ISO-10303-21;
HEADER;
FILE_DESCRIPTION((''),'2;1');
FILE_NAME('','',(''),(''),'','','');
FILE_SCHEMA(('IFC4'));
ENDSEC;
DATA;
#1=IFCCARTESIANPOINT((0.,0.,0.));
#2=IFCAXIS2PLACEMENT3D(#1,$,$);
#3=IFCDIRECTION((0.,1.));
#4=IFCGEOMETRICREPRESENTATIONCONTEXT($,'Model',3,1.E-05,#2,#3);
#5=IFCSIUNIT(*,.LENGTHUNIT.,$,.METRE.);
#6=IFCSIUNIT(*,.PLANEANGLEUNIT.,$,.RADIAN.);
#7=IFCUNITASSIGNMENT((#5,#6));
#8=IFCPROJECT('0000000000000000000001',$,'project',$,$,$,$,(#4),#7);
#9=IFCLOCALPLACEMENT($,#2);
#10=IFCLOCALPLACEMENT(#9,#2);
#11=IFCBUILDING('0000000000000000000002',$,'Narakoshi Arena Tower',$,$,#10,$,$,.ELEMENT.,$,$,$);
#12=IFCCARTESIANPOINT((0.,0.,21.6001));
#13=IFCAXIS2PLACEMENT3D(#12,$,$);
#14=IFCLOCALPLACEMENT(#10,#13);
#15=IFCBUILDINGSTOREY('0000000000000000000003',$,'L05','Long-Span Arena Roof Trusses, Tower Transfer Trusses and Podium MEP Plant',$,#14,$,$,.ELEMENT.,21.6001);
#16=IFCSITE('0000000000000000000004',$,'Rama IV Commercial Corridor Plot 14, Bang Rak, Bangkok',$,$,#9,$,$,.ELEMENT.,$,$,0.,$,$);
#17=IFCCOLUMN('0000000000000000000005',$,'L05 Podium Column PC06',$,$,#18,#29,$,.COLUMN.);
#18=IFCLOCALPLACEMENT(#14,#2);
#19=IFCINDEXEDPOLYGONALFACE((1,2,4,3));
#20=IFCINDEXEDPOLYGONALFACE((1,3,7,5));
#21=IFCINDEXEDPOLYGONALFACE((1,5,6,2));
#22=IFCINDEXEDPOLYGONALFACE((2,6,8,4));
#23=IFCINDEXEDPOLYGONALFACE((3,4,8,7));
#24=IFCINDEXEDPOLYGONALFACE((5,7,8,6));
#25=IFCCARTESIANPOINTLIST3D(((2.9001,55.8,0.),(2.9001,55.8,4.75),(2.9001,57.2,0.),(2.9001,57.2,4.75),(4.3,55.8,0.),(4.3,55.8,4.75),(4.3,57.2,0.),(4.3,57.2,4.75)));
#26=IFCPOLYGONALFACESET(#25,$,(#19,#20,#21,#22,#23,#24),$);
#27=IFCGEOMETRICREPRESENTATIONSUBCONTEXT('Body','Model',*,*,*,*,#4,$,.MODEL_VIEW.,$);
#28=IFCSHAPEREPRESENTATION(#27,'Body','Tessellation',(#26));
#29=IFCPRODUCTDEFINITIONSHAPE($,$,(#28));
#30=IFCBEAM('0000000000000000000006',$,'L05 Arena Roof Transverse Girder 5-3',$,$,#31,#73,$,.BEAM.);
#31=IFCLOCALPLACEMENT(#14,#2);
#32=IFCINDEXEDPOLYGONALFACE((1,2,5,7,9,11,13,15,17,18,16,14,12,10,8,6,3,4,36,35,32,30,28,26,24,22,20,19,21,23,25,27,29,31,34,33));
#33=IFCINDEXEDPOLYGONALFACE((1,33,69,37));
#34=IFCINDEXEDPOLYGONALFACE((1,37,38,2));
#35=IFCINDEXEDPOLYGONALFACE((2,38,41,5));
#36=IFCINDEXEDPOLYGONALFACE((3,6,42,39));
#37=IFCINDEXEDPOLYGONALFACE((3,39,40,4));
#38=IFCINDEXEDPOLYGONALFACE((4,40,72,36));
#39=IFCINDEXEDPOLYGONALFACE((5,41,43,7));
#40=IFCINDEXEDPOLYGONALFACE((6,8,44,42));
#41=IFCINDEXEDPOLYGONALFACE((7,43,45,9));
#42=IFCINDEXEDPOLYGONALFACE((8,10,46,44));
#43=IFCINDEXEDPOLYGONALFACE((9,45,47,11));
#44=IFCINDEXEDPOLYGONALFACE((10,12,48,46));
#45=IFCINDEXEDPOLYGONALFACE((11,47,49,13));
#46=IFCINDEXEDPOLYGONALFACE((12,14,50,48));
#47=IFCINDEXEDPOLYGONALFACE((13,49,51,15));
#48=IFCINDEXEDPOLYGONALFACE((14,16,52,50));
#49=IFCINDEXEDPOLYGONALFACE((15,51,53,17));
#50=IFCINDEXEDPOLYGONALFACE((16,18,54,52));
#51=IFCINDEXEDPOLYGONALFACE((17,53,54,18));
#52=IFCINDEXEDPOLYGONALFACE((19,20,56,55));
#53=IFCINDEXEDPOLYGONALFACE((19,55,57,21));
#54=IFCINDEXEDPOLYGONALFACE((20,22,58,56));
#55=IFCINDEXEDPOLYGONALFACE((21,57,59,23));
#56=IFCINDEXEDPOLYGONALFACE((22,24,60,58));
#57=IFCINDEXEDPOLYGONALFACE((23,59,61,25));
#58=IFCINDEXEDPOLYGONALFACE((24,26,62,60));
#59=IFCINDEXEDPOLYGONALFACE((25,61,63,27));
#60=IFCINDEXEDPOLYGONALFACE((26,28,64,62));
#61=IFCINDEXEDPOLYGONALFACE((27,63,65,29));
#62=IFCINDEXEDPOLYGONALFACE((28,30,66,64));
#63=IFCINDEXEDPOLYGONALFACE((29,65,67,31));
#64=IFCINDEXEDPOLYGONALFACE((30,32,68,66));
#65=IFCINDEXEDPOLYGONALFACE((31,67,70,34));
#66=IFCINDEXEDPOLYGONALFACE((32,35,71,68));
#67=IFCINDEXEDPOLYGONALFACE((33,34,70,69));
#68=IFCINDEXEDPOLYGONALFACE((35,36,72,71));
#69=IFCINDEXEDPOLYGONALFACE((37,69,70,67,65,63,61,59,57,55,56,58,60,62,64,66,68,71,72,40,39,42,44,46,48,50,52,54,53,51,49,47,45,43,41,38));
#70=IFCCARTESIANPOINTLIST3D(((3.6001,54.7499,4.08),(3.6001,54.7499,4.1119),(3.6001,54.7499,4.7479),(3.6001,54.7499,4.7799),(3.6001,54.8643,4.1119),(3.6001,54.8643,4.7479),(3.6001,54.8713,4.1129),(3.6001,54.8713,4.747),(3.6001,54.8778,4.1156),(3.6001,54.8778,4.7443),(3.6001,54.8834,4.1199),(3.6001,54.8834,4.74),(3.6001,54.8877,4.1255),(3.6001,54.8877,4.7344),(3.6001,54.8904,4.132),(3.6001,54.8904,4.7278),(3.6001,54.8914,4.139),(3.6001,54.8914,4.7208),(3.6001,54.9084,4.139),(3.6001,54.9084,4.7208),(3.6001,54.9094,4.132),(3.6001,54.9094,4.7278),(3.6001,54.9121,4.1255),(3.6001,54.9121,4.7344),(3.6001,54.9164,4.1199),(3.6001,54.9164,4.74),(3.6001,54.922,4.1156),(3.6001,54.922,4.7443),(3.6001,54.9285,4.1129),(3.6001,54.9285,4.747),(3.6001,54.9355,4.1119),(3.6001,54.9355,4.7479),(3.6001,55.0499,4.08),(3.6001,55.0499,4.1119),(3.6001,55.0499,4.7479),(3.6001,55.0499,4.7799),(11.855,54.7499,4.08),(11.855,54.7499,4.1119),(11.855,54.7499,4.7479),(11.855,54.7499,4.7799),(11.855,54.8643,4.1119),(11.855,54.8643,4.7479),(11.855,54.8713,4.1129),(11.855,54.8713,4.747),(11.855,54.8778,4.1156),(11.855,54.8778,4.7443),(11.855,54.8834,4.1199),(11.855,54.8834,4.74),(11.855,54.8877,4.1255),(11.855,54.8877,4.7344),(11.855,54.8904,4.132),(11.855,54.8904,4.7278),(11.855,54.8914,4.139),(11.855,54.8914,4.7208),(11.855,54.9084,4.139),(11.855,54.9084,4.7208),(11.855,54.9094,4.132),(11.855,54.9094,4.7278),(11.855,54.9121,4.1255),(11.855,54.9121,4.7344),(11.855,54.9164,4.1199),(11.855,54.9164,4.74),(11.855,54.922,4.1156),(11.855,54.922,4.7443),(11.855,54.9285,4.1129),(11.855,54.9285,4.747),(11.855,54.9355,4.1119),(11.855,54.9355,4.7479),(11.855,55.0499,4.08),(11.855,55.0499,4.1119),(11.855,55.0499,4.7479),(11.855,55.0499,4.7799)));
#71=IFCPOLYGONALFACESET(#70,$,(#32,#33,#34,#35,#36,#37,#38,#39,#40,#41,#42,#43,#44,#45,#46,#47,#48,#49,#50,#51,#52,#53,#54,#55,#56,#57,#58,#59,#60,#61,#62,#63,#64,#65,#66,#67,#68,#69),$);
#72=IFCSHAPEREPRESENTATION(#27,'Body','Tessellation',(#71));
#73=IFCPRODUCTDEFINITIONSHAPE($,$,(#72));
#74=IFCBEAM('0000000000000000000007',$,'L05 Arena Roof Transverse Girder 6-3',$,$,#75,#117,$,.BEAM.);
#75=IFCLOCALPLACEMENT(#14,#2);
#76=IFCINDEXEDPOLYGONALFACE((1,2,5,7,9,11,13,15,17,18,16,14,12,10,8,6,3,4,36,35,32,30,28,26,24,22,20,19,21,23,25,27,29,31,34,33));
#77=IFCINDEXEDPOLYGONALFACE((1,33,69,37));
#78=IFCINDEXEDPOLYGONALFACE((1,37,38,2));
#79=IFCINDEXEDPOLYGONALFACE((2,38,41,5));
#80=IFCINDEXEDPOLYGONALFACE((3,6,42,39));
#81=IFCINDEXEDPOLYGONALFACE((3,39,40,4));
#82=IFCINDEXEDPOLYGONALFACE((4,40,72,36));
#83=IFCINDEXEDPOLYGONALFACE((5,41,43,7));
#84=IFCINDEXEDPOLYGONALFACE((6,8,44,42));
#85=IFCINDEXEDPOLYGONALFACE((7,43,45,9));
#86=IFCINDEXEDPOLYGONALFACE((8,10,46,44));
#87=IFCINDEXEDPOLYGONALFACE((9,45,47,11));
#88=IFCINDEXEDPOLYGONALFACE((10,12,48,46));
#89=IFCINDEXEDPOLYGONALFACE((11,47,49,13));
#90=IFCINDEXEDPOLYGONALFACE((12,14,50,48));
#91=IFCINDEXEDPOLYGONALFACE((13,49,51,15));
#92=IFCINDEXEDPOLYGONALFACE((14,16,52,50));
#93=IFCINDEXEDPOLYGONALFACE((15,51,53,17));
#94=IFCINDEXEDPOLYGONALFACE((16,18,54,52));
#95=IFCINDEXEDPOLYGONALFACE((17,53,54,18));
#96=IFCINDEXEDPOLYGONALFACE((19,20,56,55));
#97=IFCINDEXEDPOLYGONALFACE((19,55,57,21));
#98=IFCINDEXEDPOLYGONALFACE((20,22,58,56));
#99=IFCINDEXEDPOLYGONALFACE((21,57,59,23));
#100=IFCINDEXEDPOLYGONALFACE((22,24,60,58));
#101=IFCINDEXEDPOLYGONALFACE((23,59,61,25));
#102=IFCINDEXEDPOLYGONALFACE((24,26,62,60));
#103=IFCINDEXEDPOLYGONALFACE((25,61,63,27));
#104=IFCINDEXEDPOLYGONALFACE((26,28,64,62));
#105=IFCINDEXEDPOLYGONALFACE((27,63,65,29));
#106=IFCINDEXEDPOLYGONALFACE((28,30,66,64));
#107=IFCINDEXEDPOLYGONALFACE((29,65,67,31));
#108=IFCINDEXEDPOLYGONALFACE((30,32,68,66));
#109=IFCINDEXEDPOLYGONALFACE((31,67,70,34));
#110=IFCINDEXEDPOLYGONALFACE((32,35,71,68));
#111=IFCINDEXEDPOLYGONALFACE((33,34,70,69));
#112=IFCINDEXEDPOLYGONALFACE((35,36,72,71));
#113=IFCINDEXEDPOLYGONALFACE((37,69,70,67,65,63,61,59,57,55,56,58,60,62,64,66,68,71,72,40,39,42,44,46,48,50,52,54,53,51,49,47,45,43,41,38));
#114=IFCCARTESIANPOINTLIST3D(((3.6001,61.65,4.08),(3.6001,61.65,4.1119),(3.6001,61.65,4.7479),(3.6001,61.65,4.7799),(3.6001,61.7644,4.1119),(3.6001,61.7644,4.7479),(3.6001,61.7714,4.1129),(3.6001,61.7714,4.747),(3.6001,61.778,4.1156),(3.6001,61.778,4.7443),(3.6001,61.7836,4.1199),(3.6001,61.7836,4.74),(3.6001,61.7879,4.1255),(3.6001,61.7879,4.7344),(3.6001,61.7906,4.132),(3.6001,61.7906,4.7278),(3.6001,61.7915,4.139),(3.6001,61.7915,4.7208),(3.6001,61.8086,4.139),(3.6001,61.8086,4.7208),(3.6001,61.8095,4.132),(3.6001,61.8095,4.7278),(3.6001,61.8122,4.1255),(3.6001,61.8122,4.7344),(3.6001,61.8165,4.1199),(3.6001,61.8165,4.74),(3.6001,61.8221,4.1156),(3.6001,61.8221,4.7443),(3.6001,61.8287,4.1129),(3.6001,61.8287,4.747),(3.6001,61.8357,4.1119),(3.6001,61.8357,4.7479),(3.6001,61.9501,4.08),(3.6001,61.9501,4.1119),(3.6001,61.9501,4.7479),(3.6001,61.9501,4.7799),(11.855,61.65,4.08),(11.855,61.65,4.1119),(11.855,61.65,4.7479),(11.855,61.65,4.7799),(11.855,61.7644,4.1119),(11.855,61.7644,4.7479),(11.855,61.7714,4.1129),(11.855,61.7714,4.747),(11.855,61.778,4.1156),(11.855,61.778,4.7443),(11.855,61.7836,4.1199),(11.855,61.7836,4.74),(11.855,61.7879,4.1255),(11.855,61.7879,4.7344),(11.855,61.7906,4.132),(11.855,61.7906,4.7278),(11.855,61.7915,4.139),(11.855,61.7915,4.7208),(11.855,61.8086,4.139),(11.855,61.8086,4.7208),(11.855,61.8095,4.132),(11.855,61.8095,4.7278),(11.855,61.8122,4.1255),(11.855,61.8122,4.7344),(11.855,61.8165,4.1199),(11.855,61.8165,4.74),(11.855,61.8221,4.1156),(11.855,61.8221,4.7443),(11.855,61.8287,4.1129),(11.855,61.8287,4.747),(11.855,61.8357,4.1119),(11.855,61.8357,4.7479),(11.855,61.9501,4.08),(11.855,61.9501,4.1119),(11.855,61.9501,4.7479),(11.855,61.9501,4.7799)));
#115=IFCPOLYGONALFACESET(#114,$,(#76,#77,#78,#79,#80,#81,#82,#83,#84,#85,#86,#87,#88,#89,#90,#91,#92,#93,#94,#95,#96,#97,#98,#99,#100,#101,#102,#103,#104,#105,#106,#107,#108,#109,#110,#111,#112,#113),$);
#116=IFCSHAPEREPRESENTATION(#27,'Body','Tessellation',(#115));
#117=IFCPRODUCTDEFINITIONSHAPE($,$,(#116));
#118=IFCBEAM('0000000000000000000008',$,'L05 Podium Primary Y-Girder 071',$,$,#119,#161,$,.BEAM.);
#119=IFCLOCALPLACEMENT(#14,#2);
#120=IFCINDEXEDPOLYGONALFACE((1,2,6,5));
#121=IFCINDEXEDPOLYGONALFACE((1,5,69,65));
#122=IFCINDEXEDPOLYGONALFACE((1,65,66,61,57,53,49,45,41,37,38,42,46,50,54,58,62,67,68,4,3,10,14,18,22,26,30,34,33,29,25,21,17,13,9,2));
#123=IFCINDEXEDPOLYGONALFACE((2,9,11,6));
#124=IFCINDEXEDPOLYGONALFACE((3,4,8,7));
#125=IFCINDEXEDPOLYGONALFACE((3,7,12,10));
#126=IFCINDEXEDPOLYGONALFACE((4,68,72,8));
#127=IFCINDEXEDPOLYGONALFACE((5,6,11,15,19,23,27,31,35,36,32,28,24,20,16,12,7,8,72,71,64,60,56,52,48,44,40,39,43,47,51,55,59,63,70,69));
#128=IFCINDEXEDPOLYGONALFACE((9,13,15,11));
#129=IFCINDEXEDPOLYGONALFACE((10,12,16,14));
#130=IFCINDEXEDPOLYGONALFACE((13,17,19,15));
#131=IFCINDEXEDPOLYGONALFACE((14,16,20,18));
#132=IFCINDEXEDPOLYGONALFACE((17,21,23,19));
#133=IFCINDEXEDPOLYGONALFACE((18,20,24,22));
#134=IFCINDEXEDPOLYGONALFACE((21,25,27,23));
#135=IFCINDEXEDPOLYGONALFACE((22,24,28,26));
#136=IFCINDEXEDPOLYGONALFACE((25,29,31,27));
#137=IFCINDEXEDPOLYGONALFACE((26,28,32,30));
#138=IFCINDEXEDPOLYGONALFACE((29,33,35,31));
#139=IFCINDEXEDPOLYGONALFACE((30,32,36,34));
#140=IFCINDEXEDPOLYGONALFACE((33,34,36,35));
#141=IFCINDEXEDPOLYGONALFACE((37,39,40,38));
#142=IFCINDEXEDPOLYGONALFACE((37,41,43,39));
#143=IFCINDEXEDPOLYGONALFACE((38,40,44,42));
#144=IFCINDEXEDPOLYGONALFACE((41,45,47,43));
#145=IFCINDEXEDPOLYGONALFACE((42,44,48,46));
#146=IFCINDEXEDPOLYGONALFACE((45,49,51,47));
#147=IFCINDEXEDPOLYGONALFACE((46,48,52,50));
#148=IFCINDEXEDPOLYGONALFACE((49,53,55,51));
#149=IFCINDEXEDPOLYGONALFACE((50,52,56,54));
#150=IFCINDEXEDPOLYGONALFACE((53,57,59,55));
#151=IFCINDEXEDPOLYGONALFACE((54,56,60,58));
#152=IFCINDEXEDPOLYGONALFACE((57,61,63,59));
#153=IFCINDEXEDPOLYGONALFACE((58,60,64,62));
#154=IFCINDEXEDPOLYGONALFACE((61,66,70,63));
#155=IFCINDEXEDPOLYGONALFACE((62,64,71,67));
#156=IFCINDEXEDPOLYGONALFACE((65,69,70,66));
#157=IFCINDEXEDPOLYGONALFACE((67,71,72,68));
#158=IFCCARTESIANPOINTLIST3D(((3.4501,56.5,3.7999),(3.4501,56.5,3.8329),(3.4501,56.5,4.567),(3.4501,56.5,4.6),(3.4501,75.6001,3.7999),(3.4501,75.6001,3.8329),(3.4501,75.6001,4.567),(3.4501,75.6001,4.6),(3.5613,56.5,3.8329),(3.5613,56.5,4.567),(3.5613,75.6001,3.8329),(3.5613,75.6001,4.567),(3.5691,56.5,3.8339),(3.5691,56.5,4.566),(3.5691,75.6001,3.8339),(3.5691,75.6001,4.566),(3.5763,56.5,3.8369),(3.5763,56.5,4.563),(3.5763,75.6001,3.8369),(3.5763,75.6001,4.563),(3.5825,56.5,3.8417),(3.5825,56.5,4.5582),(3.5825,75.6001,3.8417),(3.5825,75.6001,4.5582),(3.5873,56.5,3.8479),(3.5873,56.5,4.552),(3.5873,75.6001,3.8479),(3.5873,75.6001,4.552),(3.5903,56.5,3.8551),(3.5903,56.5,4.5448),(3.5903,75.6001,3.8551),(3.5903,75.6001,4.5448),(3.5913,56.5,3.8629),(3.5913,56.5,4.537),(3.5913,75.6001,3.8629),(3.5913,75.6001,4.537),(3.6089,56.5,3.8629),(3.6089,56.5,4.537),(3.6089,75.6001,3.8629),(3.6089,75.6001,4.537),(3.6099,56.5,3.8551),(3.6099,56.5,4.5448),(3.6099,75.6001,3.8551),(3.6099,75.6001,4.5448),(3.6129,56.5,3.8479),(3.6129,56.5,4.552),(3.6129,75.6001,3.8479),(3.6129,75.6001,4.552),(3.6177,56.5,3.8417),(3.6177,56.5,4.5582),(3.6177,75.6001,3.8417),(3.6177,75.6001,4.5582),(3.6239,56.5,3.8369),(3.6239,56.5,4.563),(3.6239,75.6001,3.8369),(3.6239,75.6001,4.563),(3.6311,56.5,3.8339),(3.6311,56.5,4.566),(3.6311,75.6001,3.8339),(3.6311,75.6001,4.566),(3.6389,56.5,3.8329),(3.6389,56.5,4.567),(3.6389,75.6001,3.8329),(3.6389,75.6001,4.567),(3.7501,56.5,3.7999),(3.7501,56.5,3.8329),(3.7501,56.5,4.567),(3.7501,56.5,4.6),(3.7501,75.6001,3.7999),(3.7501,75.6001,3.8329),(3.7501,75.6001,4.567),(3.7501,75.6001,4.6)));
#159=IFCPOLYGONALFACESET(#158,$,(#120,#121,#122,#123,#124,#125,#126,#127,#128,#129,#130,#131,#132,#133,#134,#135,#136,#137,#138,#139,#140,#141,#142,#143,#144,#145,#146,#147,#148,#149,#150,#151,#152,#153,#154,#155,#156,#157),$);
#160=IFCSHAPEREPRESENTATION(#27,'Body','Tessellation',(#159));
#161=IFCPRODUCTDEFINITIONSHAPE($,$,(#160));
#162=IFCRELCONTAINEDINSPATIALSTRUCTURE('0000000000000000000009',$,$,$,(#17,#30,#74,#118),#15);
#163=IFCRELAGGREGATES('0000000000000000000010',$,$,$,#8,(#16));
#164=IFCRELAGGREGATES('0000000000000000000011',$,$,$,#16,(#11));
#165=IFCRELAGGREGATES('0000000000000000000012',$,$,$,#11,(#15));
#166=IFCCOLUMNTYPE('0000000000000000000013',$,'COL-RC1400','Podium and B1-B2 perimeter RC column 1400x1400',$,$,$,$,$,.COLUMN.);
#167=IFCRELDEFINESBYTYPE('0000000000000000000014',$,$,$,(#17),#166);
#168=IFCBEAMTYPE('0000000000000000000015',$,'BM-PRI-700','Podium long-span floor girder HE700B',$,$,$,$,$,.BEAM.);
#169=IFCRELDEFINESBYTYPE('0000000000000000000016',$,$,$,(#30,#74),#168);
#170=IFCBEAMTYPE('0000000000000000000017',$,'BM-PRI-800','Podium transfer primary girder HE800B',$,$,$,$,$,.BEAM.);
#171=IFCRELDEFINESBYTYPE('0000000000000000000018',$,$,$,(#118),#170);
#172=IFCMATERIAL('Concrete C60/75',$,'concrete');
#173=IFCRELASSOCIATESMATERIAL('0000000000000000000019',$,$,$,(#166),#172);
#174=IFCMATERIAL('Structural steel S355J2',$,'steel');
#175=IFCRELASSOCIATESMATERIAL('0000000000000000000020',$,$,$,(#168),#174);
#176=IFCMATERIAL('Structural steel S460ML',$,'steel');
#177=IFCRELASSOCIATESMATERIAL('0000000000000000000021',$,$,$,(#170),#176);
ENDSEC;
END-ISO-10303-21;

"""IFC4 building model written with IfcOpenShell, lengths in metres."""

from ifc_helpers import new_model, si_unit, direction, frame, origin, origin_2d, place, context, subcontext, project, spatial, rectangle, i_section, extrude, material, material_profile, profile_set, type_object, element, save


model = new_model("IFC4")

# Units and contexts
model_context = context("Model", 3, precision=1e-05, world=origin(), true_north=direction((0.0, 1.0)))
body_context = subcontext(model_context, "Body", "Model", "MODEL_VIEW")
ifc_project = project(units=[si_unit("LENGTHUNIT", "METRE"), si_unit("PLANEANGLEUNIT", "RADIAN")], contexts=[model_context])

# Site, building, storey
site_placement = place(None, origin())
site = spatial("IfcSite", under=ifc_project, at=site_placement, Name="Rama IV Commercial Corridor Plot 14, Bang Rak, Bangkok", CompositionType="ELEMENT", RefElevation=0.0)
building_placement = place(site_placement, origin())
building = spatial("IfcBuilding", under=site, at=building_placement, Name="Narakoshi Arena Tower", CompositionType="ELEMENT")
storey_placement = place(building_placement, frame((0.0, 0.0, 21.6001)))
storey = spatial("IfcBuildingStorey", under=building, at=storey_placement, Name="L05", Description="Long-Span Arena Roof Trusses, Tower Transfer Trusses and Podium MEP Plant", CompositionType="ELEMENT", Elevation=21.6001)

# Column
ifc_material_1 = material(Name="Concrete C60/75", Category="concrete")
ifc_material_profile_1 = material_profile(ifc_material_1, rectangle(XDim=1.3999, YDim=1.3999, at=origin_2d()), Name="RC1400x1400")
ifc_profile_set_1 = profile_set([ifc_material_profile_1], Name="Concrete C60/75")
column_type = type_object("IfcColumnType", Name="COL-RC1400", Description="Podium and B1-B2 perimeter RC column 1400x1400", PredefinedType="COLUMN", material=ifc_profile_set_1)
column_placement = place(storey_placement, frame((3.6001, 56.5, 0.0), z_axis=(0.0, 0.0, 1.0), x_axis=(1.0, 0.0, 0.0)))
element("IfcColumn", 1, at=column_placement, inside=storey, type_object=column_type, Name="L05 Podium Column PC06", PredefinedType="COLUMN", context=body_context, shape_type="SweptSolid", body=[
    extrude(rectangle(XDim=1.3999, YDim=1.3999, at=origin_2d()), origin(), (0.0, 0.0, 1.0), 4.75),
])

# Beams
ifc_material_2 = material(Name="Structural steel S355J2", Category="steel")
ifc_material_profile_2 = material_profile(ifc_material_2, i_section(OverallWidth=0.3, OverallDepth=0.7, WebThickness=0.0171, FlangeThickness=0.032, FilletRadius=0.0271, at=origin_2d()), Name="HE700B")
ifc_profile_set_2 = profile_set([ifc_material_profile_2], Name="Structural steel S355J2")
beam_type_1 = type_object("IfcBeamType", Name="BM-PRI-700", Description="Podium long-span floor girder HE700B", PredefinedType="BEAM", material=ifc_profile_set_2)
for number, where, z_axis, x_axis, name in (
    (2, (3.6001, 54.8999, 4.4299), (1.0, 0.0, 0.0), (0.0, 1.0, 0.0), "L05 Arena Roof Transverse Girder 5-3"),
    (3, (3.6001, 61.8, 4.4299), (1.0, 0.0, 0.0), (0.0, 1.0, 0.0), "L05 Arena Roof Transverse Girder 6-3"),
):
    element("IfcBeam", number, at=place(storey_placement, frame(where, z_axis=z_axis, x_axis=x_axis)), inside=storey, type_object=beam_type_1, Name=name, PredefinedType="BEAM", context=body_context, shape_type="SweptSolid", body=[
        extrude(i_section(OverallWidth=0.3, OverallDepth=0.7, WebThickness=0.0171, FlangeThickness=0.032, FilletRadius=0.0271, at=origin_2d()), origin(), (0.0, 0.0, 1.0), 8.2549),
    ])
ifc_material_3 = material(Name="Structural steel S460ML", Category="steel")
ifc_material_profile_3 = material_profile(ifc_material_3, i_section(OverallWidth=0.3, OverallDepth=0.8, WebThickness=0.0176, FlangeThickness=0.033, FilletRadius=0.03, at=origin_2d()), Name="HE800B")
ifc_profile_set_3 = profile_set([ifc_material_profile_3], Name="Structural steel S460ML")
beam_type_2 = type_object("IfcBeamType", Name="BM-PRI-800", Description="Podium transfer primary girder HE800B", PredefinedType="BEAM", material=ifc_profile_set_3)
beam_1_placement = place(storey_placement, frame((3.6001, 56.5, 4.2), z_axis=(0.0, 1.0, 0.0), x_axis=(-1.0, 0.0, 0.0)))
element("IfcBeam", 4, at=beam_1_placement, inside=storey, type_object=beam_type_2, Name="L05 Podium Primary Y-Girder 071", PredefinedType="BEAM", context=body_context, shape_type="SweptSolid", body=[
    extrude(i_section(OverallWidth=0.3, OverallDepth=0.8, WebThickness=0.0176, FlangeThickness=0.033, FilletRadius=0.03, at=origin_2d()), origin(), (0.0, 0.0, 1.0), 19.1001),
])

save(model, "model.ifc")
